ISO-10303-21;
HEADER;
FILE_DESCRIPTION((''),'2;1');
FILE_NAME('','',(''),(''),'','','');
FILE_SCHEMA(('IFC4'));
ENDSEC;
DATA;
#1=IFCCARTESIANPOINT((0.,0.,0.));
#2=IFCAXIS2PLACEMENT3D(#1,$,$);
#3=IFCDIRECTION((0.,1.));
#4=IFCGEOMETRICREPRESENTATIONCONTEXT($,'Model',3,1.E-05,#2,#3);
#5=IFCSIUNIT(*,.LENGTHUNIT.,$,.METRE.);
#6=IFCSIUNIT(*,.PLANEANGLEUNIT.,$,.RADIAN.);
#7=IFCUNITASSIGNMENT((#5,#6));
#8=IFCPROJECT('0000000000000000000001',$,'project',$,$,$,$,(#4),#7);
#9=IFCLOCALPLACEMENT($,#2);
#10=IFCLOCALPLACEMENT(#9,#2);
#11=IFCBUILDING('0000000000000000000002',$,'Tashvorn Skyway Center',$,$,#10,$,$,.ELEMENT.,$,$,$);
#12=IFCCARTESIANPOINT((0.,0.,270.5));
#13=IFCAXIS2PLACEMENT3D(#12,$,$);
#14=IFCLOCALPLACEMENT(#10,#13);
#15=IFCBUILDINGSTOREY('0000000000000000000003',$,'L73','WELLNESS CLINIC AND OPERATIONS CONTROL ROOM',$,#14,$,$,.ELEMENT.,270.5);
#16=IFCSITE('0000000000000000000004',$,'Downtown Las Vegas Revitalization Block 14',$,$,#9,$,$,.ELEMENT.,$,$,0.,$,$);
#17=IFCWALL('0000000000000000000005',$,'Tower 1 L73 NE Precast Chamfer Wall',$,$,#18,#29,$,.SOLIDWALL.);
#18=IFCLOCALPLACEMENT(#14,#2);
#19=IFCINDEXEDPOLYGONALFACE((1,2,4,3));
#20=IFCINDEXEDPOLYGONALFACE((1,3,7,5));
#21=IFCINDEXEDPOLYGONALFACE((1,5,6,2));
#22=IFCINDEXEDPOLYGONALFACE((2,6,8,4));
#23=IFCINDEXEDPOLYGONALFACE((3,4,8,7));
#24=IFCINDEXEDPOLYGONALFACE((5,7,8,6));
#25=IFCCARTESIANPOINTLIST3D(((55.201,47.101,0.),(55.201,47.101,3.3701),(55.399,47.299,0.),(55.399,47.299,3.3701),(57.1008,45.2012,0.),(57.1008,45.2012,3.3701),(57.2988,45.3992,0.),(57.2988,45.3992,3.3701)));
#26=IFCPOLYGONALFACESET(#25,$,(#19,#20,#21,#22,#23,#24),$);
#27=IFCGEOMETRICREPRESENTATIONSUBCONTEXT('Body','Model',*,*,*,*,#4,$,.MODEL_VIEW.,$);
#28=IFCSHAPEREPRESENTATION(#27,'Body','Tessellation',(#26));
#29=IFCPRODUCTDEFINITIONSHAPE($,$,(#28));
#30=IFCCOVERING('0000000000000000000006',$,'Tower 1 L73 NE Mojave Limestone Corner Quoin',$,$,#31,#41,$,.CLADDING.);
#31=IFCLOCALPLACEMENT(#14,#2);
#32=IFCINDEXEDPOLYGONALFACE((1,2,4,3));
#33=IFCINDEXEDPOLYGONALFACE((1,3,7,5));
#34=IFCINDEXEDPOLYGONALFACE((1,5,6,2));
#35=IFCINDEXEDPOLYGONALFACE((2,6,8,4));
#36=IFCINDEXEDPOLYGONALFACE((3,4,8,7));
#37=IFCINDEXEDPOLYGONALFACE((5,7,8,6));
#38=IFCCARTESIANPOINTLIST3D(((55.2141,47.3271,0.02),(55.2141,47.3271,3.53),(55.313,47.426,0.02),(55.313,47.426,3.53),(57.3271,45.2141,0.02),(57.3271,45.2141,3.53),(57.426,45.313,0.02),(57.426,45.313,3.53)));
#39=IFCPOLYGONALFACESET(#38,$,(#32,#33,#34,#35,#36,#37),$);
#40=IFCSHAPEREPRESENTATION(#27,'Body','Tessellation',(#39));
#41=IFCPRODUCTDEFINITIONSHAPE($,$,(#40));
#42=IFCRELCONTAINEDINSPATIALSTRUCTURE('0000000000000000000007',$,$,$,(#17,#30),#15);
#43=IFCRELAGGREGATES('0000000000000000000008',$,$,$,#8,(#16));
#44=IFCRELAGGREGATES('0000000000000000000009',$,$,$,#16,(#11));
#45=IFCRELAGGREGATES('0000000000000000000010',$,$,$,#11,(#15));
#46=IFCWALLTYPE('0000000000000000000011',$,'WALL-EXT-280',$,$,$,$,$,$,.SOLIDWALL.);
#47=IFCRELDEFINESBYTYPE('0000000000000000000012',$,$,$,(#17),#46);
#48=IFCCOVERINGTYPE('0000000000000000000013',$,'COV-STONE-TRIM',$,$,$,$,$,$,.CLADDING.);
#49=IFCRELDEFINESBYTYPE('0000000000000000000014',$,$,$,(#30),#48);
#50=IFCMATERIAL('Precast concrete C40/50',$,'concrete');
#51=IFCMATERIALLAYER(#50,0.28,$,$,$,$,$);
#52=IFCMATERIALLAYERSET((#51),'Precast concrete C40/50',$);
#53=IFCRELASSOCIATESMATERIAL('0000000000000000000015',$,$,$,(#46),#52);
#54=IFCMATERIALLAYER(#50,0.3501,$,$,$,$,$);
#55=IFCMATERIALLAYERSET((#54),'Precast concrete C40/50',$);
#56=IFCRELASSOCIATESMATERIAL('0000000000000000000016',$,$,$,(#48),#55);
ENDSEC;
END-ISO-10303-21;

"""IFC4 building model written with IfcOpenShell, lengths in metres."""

from ifc_helpers import new_model, si_unit, direction, frame, frame_2d, origin, origin_2d, place, context, subcontext, project, spatial, rectangle, extrude, material, layer, layer_set, type_object, element, save


model = new_model("IFC4")

# Units and contexts
model_context = context("Model", 3, precision=1e-05, world=origin(), true_north=direction((0.0, 1.0)))
body_context = subcontext(model_context, "Body", "Model", "MODEL_VIEW")
ifc_project = project(units=[si_unit("LENGTHUNIT", "METRE"), si_unit("PLANEANGLEUNIT", "RADIAN")], contexts=[model_context])

# Site, building, storey
site_placement = place(None, origin())
site = spatial("IfcSite", under=ifc_project, at=site_placement, Name="Downtown Las Vegas Revitalization Block 14", CompositionType="ELEMENT", RefElevation=0.0)
building_placement = place(site_placement, origin())
building = spatial("IfcBuilding", under=site, at=building_placement, Name="Tashvorn Skyway Center", CompositionType="ELEMENT")
storey_placement = place(building_placement, frame((0.0, 0.0, 270.5)))
storey = spatial("IfcBuildingStorey", under=building, at=storey_placement, Name="L73", Description="WELLNESS CLINIC AND OPERATIONS CONTROL ROOM", CompositionType="ELEMENT", Elevation=270.5)

# Wall
ifc_material_1 = material(Name="Precast concrete C40/50", Category="concrete")
ifc_layer_1 = layer(ifc_material_1, 0.28)
ifc_layer_set_1 = layer_set([ifc_layer_1], Name="Precast concrete C40/50")
wall_type = type_object("IfcWallType", Name="WALL-EXT-280", PredefinedType="SOLIDWALL", material=ifc_layer_set_1)
wall_placement = place(storey_placement, frame((55.3, 47.2, 0.0), z_axis=(0.0, 0.0, 1.0), x_axis=(0.707107, -0.707107, 0.0)))
element("IfcWall", 1, at=wall_placement, inside=storey, type_object=wall_type, Name="Tower 1 L73 NE Precast Chamfer Wall", PredefinedType="SOLIDWALL", context=body_context, shape_type="SweptSolid", body=[
    extrude(rectangle(XDim=2.6868, YDim=0.28, at=frame_2d((1.3433, 0.0))), origin(), (0.0, 0.0, 1.0), 3.3701),
])

# Covering
ifc_layer_2 = layer(ifc_material_1, 0.3501)
ifc_layer_set_2 = layer_set([ifc_layer_2], Name="Precast concrete C40/50")
covering_type = type_object("IfcCoveringType", Name="COV-STONE-TRIM", PredefinedType="CLADDING", material=ifc_layer_set_2)
covering_placement = place(storey_placement, frame((56.3201, 46.3201, 0.02), z_axis=(0.0, 0.0, 1.0), x_axis=(0.707107, -0.707107, 0.0)))
element("IfcCovering", 2, at=covering_placement, inside=storey, type_object=covering_type, Name="Tower 1 L73 NE Mojave Limestone Corner Quoin", PredefinedType="CLADDING", context=body_context, shape_type="SweptSolid", body=[
    extrude(rectangle(XDim=2.9883, YDim=0.1399, at=origin_2d()), origin(), (0.0, 0.0, 1.0), 3.51),
])

save(model, "model.ifc")
